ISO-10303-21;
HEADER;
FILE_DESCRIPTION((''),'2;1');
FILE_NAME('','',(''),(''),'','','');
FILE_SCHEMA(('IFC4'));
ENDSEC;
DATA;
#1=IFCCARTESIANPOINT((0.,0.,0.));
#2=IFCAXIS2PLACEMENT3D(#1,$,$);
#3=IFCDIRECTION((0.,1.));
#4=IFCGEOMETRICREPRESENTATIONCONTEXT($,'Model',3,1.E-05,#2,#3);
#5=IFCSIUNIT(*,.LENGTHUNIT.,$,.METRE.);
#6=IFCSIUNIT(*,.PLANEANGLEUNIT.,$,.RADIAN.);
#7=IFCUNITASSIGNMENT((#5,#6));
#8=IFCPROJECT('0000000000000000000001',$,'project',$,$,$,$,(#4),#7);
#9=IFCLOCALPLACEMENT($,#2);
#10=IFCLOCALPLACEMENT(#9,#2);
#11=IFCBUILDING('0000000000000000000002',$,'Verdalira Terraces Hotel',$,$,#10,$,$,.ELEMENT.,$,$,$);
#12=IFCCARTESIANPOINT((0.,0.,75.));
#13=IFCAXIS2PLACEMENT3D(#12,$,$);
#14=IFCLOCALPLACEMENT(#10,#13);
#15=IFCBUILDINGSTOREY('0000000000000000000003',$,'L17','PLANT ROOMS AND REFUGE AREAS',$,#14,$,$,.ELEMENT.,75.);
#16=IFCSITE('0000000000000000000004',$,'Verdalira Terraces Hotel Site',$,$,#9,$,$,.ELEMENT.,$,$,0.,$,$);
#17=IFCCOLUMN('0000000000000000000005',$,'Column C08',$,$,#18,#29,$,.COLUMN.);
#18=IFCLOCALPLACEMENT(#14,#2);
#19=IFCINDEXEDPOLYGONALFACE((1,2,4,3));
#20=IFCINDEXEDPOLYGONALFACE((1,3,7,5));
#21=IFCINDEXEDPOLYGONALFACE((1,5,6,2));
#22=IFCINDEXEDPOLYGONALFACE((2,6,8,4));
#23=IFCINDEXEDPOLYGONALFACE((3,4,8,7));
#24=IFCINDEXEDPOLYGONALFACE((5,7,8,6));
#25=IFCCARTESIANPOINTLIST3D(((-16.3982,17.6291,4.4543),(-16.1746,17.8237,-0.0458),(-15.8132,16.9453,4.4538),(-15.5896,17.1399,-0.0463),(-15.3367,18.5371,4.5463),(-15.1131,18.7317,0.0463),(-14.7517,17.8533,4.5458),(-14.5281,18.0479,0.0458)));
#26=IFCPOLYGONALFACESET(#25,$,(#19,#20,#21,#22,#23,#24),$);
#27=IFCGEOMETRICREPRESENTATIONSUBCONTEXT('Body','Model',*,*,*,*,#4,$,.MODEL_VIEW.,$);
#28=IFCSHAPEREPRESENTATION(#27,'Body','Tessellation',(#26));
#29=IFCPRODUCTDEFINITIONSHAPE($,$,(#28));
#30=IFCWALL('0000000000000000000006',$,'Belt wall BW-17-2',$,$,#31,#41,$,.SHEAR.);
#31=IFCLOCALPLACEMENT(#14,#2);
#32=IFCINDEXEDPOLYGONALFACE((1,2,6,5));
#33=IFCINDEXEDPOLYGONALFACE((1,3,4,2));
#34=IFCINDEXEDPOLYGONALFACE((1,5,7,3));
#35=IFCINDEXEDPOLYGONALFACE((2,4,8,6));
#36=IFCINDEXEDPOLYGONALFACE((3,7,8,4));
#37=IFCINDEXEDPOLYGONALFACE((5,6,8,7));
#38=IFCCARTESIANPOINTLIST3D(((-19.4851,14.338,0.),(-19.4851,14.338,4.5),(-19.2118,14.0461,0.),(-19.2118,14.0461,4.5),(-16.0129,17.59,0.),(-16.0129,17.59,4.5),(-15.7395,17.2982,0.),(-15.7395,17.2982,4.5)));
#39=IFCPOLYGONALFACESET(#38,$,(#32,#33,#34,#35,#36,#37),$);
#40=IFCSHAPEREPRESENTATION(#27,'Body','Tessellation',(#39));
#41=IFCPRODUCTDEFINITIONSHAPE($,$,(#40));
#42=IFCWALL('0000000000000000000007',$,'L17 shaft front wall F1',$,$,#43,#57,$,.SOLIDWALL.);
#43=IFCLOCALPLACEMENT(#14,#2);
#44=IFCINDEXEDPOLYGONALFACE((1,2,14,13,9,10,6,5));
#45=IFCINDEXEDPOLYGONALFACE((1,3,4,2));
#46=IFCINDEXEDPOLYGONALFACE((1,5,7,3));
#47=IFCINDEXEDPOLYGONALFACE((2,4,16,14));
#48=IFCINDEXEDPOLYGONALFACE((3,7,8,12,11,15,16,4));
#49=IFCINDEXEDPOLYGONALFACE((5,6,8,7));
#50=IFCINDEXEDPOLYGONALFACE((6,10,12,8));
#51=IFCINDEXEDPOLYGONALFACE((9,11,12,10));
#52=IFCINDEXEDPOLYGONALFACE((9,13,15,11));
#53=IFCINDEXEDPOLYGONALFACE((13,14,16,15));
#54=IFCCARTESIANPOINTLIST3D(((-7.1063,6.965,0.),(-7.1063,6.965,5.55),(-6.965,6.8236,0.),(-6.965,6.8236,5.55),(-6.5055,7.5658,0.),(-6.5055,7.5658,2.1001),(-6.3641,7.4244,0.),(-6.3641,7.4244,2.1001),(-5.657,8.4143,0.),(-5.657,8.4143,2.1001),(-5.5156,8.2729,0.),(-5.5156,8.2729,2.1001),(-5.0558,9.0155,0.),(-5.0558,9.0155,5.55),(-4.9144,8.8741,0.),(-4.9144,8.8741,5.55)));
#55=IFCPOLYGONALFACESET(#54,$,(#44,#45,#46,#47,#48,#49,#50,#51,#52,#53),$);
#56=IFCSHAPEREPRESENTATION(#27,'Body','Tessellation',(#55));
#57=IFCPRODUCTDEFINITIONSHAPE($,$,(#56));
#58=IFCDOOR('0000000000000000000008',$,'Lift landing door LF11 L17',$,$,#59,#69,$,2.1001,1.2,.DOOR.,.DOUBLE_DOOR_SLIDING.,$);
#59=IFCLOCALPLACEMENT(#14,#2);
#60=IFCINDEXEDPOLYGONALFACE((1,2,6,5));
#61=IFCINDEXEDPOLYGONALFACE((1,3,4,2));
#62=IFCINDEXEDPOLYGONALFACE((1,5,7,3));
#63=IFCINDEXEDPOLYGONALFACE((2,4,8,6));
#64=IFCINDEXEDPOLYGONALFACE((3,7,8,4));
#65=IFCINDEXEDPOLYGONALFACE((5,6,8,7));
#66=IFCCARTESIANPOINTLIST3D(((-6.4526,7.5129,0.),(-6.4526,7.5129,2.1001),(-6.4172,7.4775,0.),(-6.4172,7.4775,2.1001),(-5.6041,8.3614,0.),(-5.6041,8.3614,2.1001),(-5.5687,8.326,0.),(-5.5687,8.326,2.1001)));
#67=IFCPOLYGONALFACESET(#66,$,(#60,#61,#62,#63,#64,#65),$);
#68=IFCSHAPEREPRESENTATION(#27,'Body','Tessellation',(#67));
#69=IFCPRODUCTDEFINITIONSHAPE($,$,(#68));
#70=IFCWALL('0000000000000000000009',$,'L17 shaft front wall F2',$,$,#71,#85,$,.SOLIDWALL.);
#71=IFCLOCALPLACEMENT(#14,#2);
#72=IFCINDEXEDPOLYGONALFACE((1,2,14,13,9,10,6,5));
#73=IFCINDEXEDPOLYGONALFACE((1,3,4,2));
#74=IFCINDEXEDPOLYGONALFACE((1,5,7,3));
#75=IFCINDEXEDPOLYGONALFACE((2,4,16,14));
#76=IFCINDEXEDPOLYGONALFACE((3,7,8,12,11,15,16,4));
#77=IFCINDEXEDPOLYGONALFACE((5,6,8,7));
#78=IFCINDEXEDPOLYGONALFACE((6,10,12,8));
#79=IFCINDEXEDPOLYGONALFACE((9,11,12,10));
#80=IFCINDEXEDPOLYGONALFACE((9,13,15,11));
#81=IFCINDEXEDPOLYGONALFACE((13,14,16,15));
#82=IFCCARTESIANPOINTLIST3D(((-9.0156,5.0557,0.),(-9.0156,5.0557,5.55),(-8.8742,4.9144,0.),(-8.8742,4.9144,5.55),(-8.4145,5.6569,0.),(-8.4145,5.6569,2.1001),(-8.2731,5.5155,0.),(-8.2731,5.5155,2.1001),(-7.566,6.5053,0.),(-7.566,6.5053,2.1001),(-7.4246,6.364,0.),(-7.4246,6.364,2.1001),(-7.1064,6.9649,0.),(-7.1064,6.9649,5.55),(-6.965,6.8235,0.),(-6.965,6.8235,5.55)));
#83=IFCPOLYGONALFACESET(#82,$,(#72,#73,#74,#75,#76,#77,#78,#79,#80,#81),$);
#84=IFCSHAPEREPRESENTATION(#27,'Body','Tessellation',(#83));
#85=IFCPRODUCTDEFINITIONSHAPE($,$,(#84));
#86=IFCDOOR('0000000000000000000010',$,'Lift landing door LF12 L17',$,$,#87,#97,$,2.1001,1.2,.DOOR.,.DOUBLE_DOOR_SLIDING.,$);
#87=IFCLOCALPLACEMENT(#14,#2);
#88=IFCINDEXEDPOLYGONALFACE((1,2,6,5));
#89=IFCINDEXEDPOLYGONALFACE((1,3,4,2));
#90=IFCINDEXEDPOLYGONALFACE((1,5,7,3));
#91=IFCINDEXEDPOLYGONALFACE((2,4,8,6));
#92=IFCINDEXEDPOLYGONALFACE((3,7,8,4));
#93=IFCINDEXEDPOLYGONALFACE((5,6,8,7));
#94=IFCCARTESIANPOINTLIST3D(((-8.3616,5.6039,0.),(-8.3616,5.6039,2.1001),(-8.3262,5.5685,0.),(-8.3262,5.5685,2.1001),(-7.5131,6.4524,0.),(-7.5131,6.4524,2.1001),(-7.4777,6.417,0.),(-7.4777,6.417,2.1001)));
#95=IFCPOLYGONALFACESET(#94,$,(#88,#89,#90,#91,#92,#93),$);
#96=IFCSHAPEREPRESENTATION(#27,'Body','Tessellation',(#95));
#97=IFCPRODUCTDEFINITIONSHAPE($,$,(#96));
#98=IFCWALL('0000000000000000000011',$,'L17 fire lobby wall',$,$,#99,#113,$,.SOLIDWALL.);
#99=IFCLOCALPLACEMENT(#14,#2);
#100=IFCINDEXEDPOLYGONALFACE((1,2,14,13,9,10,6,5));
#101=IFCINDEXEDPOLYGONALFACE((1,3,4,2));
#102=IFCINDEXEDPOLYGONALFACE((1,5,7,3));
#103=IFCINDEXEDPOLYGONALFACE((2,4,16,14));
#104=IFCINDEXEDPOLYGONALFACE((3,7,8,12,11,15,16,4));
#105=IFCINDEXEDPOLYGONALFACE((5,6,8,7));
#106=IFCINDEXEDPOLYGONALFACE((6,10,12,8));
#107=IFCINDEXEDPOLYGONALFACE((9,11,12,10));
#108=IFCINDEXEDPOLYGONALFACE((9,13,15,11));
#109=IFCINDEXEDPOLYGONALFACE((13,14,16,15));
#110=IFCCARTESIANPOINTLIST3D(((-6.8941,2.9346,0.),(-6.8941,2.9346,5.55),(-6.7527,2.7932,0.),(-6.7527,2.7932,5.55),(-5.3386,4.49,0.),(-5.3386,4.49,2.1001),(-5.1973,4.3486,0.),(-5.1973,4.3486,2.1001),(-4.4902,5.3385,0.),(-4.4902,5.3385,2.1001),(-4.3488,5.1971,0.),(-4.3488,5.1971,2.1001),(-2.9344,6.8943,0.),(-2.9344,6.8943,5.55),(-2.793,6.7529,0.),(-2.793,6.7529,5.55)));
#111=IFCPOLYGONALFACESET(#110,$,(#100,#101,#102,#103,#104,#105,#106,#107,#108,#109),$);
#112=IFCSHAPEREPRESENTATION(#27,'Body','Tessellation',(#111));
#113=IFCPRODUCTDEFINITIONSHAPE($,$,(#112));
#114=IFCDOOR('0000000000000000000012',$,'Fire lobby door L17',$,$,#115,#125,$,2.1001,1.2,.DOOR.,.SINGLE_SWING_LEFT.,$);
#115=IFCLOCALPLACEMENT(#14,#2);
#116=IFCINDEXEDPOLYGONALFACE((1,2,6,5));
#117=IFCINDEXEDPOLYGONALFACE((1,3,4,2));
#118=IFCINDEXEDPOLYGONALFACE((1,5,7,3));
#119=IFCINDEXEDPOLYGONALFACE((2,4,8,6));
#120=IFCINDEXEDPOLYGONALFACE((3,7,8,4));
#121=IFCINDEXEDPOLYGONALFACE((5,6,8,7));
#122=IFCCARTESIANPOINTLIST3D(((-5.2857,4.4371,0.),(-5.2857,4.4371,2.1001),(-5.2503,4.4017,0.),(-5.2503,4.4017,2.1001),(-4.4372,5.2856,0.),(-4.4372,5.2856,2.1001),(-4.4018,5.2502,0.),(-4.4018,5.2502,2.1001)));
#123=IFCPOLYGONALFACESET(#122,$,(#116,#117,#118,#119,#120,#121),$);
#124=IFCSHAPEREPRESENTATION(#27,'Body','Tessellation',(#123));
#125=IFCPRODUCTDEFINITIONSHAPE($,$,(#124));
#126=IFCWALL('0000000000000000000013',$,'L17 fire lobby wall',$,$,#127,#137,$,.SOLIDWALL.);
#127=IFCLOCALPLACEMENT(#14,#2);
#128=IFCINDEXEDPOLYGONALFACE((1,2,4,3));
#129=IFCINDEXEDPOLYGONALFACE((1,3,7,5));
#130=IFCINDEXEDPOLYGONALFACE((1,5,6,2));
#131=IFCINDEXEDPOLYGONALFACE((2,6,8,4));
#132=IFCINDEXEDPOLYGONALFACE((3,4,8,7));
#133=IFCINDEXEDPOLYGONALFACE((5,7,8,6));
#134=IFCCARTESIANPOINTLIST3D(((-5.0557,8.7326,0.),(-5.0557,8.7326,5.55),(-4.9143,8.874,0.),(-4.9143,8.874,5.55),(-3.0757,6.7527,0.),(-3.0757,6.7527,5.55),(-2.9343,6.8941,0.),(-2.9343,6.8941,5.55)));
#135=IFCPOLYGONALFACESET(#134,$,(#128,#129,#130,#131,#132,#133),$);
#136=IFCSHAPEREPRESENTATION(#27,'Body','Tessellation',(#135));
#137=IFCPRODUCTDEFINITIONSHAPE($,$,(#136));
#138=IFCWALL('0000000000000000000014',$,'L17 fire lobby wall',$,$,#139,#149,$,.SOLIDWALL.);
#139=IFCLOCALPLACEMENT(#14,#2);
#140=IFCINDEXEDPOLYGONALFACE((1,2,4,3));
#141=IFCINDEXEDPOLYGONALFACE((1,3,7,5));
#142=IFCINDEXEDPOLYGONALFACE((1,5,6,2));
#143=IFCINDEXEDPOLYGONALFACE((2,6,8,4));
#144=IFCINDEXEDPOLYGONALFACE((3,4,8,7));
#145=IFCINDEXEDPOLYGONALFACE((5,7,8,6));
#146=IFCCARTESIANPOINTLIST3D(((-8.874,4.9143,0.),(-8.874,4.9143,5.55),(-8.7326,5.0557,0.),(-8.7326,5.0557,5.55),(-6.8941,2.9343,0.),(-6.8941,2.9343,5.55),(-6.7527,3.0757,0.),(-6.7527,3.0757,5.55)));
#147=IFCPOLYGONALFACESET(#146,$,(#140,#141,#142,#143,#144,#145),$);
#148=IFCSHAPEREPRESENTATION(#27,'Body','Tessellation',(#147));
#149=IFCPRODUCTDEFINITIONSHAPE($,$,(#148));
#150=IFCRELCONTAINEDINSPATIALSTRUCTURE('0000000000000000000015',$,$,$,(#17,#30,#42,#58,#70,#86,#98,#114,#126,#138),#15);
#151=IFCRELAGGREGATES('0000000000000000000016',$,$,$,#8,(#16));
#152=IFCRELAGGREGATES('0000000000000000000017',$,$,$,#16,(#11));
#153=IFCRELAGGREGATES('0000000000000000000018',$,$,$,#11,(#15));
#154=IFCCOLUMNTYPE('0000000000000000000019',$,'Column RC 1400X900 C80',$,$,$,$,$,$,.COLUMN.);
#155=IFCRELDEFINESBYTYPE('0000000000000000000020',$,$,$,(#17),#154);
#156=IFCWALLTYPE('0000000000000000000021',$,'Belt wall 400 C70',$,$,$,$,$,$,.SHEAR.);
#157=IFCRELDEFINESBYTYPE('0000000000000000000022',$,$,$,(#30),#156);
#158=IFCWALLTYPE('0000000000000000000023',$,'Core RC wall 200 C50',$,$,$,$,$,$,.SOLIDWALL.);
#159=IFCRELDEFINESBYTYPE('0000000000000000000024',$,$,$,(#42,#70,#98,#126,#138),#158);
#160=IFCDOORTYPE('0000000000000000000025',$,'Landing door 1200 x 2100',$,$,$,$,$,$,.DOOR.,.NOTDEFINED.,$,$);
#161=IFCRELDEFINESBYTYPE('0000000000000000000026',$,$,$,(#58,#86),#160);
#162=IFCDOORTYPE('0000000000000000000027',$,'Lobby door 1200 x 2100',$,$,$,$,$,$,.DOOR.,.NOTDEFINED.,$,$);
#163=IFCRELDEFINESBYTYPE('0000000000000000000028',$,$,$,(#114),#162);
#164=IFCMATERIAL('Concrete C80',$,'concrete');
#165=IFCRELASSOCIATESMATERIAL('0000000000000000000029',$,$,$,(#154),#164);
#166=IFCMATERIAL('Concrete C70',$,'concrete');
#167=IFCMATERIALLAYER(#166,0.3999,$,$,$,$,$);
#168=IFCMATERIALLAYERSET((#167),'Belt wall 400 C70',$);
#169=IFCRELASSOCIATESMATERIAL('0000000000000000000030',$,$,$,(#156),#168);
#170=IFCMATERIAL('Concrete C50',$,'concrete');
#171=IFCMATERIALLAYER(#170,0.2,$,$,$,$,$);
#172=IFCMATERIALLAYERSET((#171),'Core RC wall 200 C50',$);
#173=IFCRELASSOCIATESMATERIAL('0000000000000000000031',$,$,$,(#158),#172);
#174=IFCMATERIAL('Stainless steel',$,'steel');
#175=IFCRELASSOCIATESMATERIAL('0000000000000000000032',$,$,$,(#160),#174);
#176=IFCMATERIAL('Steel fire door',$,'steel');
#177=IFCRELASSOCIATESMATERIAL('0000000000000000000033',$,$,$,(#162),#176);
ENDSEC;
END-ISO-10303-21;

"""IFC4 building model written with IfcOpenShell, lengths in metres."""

from ifc_helpers import new_model, si_unit, direction, frame, frame_2d, origin, origin_2d, place, context, subcontext, project, spatial, rectangle, extrude, material, layer, layer_set, material_profile, profile_set, type_object, element, fill, save


model = new_model("IFC4")

# Units and contexts
model_context = context("Model", 3, precision=1e-05, world=origin(), true_north=direction((0.0, 1.0)))
body_context = subcontext(model_context, "Body", "Model", "MODEL_VIEW")
ifc_project = project(units=[si_unit("LENGTHUNIT", "METRE"), si_unit("PLANEANGLEUNIT", "RADIAN")], contexts=[model_context])

# Site, building, storey
site_placement = place(None, origin())
site = spatial("IfcSite", under=ifc_project, at=site_placement, Name="Verdalira Terraces Hotel Site", CompositionType="ELEMENT", RefElevation=0.0)
building_placement = place(site_placement, origin())
building = spatial("IfcBuilding", under=site, at=building_placement, Name="Verdalira Terraces Hotel", CompositionType="ELEMENT")
storey_placement = place(building_placement, frame((0.0, 0.0, 75.0)))
storey = spatial("IfcBuildingStorey", under=building, at=storey_placement, Name="L17", Description="PLANT ROOMS AND REFUGE AREAS", CompositionType="ELEMENT", Elevation=75.0)

# Column
ifc_material_1 = material(Name="Concrete C80", Category="concrete")
ifc_material_profile = material_profile(ifc_material_1, rectangle(XDim=1.3999, YDim=0.8999, at=origin_2d()), Name="RC 1400X900")
ifc_profile_set = profile_set([ifc_material_profile], Name="Concrete C80")
column_type = type_object("IfcColumnType", Name="Column RC 1400X900 C80", PredefinedType="COLUMN", material=ifc_profile_set)
column_placement = place(storey_placement, frame((-15.3513, 17.9358, 0.0), z_axis=(-0.049589, -0.043147, 0.997837), x_axis=(-0.758263, -0.648627, -0.065729)))
element("IfcColumn", 1, at=column_placement, inside=storey, type_object=column_type, Name="Column C08", PredefinedType="COLUMN", context=body_context, shape_type="SweptSolid", body=[
    extrude(rectangle(XDim=1.3999, YDim=0.8999, at=origin_2d()), origin(), (0.0, 0.0, 1.0), 4.5098),
])

# Wall
ifc_material_2 = material(Name="Concrete C70", Category="concrete")
ifc_layer_1 = layer(ifc_material_2, 0.3999)
ifc_layer_set_1 = layer_set([ifc_layer_1], Name="Belt wall 400 C70")
wall_type_1 = type_object("IfcWallType", Name="Belt wall 400 C70", PredefinedType="SHEAR", material=ifc_layer_set_1)
wall_1_placement = place(storey_placement, frame((-15.8762, 17.4441, 0.0), z_axis=(0.0, 0.0, 1.0), x_axis=(-0.729873, -0.683583, 0.0)))
element("IfcWall", 2, at=wall_1_placement, inside=storey, type_object=wall_type_1, Name="Belt wall BW-17-2", PredefinedType="SHEAR", context=body_context, shape_type="SweptSolid", body=[
    extrude(rectangle(XDim=4.7573, YDim=0.3999, at=frame_2d((2.3787, 0.0))), origin(), (0.0, 0.0, 1.0), 4.5),
])

# Walls, openings, doors
ifc_material_3 = material(Name="Concrete C50", Category="concrete")
ifc_layer_2 = layer(ifc_material_3, 0.2)
ifc_layer_set_2 = layer_set([ifc_layer_2], Name="Core RC wall 200 C50")
wall_type_2 = type_object("IfcWallType", Name="Core RC wall 200 C50", PredefinedType="SOLIDWALL", material=ifc_layer_set_2)
wall_2_placement = place(storey_placement, frame((-4.9851, 8.9448, 0.0), z_axis=(0.0, 0.0, 1.0), x_axis=(-0.707107, -0.707107, 0.0)))
wall_2 = element("IfcWall", 3, at=wall_2_placement, inside=storey, type_object=wall_type_2, Name="L17 shaft front wall F1", PredefinedType="SOLIDWALL", context=body_context, shape_type="SweptSolid", body=[
    extrude(rectangle(XDim=2.8999, YDim=0.2, at=frame_2d((1.45, 0.0))), origin(), (0.0, 0.0, 1.0), 5.55),
])
opening_1_placement = place(wall_2_placement, frame((0.8501, 0.0, 0.0)))
opening_1 = element("IfcOpeningElement", 4, at=opening_1_placement, cuts=wall_2, PredefinedType="OPENING", context=body_context, shape_type="SweptSolid", body=[
    extrude(rectangle(XDim=1.2, YDim=2.1001, at=frame_2d((0.6001, 1.05))), frame((0.0, 0.1099, 0.0), z_axis=(0.0, -1.0, 0.0), x_axis=(1.0, 0.0, 0.0)), (0.0, 0.0, 1.0), 0.22),
])
ifc_material_4 = material(Name="Stainless steel", Category="steel")
door_type_1 = type_object("IfcDoorType", Name="Landing door 1200 x 2100", OperationType="NOTDEFINED", PredefinedType="DOOR", material=ifc_material_4)
door_1_placement = place(opening_1_placement, origin())
door_1 = element("IfcDoor", 5, at=door_1_placement, inside=storey, type_object=door_type_1, Name="Lift landing door LF11 L17", OperationType="DOUBLE_DOOR_SLIDING", OverallHeight=2.1001, OverallWidth=1.2, PredefinedType="DOOR", context=body_context, shape_type="SweptSolid", body=[
    extrude(rectangle(XDim=1.2, YDim=2.1001, at=frame_2d((0.6001, 1.05))), frame((0.0, 0.0249, 0.0), z_axis=(0.0, -1.0, 0.0), x_axis=(1.0, 0.0, 0.0)), (0.0, 0.0, 1.0), 0.05),
])
fill(opening_1, door_1)
wall_3_placement = place(storey_placement, frame((-7.0356, 6.8943, 0.0), z_axis=(0.0, 0.0, 1.0), x_axis=(-0.707107, -0.707107, 0.0)))
wall_3 = element("IfcWall", 6, at=wall_3_placement, inside=storey, type_object=wall_type_2, Name="L17 shaft front wall F2", PredefinedType="SOLIDWALL", context=body_context, shape_type="SweptSolid", body=[
    extrude(rectangle(XDim=2.7, YDim=0.2, at=frame_2d((1.3501, 0.0))), origin(), (0.0, 0.0, 1.0), 5.55),
])
opening_2_placement = place(wall_3_placement, frame((0.6499, 0.0, 0.0)))
opening_2 = element("IfcOpeningElement", 7, at=opening_2_placement, cuts=wall_3, PredefinedType="OPENING", context=body_context, shape_type="SweptSolid", body=[
    extrude(rectangle(XDim=1.2, YDim=2.1001, at=frame_2d((0.6001, 1.05))), frame((0.0, 0.1099, 0.0), z_axis=(0.0, -1.0, 0.0), x_axis=(1.0, 0.0, 0.0)), (0.0, 0.0, 1.0), 0.22),
])
door_2_placement = place(opening_2_placement, origin())
door_2 = element("IfcDoor", 8, at=door_2_placement, inside=storey, type_object=door_type_1, Name="Lift landing door LF12 L17", OperationType="DOUBLE_DOOR_SLIDING", OverallHeight=2.1001, OverallWidth=1.2, PredefinedType="DOOR", context=body_context, shape_type="SweptSolid", body=[
    extrude(rectangle(XDim=1.2, YDim=2.1001, at=frame_2d((0.6001, 1.05))), frame((0.0, 0.0249, 0.0), z_axis=(0.0, -1.0, 0.0), x_axis=(1.0, 0.0, 0.0)), (0.0, 0.0, 1.0), 0.05),
])
fill(opening_2, door_2)
wall_4_placement = place(storey_placement, frame((-2.8638, 6.8235, 0.0), z_axis=(0.0, 0.0, 1.0), x_axis=(-0.707107, -0.707107, 0.0)))
wall_4 = element("IfcWall", 9, at=wall_4_placement, inside=storey, type_object=wall_type_2, Name="L17 fire lobby wall", PredefinedType="SOLIDWALL", context=body_context, shape_type="SweptSolid", body=[
    extrude(rectangle(XDim=5.5999, YDim=0.2, at=frame_2d((2.7998, 0.0))), origin(), (0.0, 0.0, 1.0), 5.55),
])
opening_3_placement = place(wall_4_placement, frame((2.2, 0.0, 0.0)))
opening_3 = element("IfcOpeningElement", 10, at=opening_3_placement, cuts=wall_4, PredefinedType="OPENING", context=body_context, shape_type="SweptSolid", body=[
    extrude(rectangle(XDim=1.2, YDim=2.1001, at=frame_2d((0.6001, 1.05))), frame((0.0, 0.1099, 0.0), z_axis=(0.0, -1.0, 0.0), x_axis=(1.0, 0.0, 0.0)), (0.0, 0.0, 1.0), 0.22),
])
ifc_material_5 = material(Name="Steel fire door", Category="steel")
door_type_2 = type_object("IfcDoorType", Name="Lobby door 1200 x 2100", OperationType="NOTDEFINED", PredefinedType="DOOR", material=ifc_material_5)
door_3_placement = place(opening_3_placement, origin())
door_3 = element("IfcDoor", 11, at=door_3_placement, inside=storey, type_object=door_type_2, Name="Fire lobby door L17", OperationType="SINGLE_SWING_LEFT", OverallHeight=2.1001, OverallWidth=1.2, PredefinedType="DOOR", context=body_context, shape_type="SweptSolid", body=[
    extrude(rectangle(XDim=1.2, YDim=2.1001, at=frame_2d((0.6001, 1.05))), frame((0.0, 0.0249, 0.0), z_axis=(0.0, -1.0, 0.0), x_axis=(1.0, 0.0, 0.0)), (0.0, 0.0, 1.0), 0.05),
])
fill(opening_3, door_3)

# Walls
for number, where, z_axis, x_axis, name in (
    (12, (-3.0051, 6.8235, 0.0), (0.0, 0.0, 1.0), (-0.707107, 0.707107, 0.0), "L17 fire lobby wall"),
    (13, (-6.8235, 3.0051, 0.0), (0.0, 0.0, 1.0), (-0.707107, 0.707107, 0.0), "L17 fire lobby wall"),
):
    element("IfcWall", number, at=place(storey_placement, frame(where, z_axis=z_axis, x_axis=x_axis)), inside=storey, type_object=wall_type_2, Name=name, PredefinedType="SOLIDWALL", context=body_context, shape_type="SweptSolid", body=[
        extrude(rectangle(XDim=2.8, YDim=0.2, at=frame_2d((1.3999, 0.0))), origin(), (0.0, 0.0, 1.0), 5.55),
    ])

save(model, "model.ifc")
